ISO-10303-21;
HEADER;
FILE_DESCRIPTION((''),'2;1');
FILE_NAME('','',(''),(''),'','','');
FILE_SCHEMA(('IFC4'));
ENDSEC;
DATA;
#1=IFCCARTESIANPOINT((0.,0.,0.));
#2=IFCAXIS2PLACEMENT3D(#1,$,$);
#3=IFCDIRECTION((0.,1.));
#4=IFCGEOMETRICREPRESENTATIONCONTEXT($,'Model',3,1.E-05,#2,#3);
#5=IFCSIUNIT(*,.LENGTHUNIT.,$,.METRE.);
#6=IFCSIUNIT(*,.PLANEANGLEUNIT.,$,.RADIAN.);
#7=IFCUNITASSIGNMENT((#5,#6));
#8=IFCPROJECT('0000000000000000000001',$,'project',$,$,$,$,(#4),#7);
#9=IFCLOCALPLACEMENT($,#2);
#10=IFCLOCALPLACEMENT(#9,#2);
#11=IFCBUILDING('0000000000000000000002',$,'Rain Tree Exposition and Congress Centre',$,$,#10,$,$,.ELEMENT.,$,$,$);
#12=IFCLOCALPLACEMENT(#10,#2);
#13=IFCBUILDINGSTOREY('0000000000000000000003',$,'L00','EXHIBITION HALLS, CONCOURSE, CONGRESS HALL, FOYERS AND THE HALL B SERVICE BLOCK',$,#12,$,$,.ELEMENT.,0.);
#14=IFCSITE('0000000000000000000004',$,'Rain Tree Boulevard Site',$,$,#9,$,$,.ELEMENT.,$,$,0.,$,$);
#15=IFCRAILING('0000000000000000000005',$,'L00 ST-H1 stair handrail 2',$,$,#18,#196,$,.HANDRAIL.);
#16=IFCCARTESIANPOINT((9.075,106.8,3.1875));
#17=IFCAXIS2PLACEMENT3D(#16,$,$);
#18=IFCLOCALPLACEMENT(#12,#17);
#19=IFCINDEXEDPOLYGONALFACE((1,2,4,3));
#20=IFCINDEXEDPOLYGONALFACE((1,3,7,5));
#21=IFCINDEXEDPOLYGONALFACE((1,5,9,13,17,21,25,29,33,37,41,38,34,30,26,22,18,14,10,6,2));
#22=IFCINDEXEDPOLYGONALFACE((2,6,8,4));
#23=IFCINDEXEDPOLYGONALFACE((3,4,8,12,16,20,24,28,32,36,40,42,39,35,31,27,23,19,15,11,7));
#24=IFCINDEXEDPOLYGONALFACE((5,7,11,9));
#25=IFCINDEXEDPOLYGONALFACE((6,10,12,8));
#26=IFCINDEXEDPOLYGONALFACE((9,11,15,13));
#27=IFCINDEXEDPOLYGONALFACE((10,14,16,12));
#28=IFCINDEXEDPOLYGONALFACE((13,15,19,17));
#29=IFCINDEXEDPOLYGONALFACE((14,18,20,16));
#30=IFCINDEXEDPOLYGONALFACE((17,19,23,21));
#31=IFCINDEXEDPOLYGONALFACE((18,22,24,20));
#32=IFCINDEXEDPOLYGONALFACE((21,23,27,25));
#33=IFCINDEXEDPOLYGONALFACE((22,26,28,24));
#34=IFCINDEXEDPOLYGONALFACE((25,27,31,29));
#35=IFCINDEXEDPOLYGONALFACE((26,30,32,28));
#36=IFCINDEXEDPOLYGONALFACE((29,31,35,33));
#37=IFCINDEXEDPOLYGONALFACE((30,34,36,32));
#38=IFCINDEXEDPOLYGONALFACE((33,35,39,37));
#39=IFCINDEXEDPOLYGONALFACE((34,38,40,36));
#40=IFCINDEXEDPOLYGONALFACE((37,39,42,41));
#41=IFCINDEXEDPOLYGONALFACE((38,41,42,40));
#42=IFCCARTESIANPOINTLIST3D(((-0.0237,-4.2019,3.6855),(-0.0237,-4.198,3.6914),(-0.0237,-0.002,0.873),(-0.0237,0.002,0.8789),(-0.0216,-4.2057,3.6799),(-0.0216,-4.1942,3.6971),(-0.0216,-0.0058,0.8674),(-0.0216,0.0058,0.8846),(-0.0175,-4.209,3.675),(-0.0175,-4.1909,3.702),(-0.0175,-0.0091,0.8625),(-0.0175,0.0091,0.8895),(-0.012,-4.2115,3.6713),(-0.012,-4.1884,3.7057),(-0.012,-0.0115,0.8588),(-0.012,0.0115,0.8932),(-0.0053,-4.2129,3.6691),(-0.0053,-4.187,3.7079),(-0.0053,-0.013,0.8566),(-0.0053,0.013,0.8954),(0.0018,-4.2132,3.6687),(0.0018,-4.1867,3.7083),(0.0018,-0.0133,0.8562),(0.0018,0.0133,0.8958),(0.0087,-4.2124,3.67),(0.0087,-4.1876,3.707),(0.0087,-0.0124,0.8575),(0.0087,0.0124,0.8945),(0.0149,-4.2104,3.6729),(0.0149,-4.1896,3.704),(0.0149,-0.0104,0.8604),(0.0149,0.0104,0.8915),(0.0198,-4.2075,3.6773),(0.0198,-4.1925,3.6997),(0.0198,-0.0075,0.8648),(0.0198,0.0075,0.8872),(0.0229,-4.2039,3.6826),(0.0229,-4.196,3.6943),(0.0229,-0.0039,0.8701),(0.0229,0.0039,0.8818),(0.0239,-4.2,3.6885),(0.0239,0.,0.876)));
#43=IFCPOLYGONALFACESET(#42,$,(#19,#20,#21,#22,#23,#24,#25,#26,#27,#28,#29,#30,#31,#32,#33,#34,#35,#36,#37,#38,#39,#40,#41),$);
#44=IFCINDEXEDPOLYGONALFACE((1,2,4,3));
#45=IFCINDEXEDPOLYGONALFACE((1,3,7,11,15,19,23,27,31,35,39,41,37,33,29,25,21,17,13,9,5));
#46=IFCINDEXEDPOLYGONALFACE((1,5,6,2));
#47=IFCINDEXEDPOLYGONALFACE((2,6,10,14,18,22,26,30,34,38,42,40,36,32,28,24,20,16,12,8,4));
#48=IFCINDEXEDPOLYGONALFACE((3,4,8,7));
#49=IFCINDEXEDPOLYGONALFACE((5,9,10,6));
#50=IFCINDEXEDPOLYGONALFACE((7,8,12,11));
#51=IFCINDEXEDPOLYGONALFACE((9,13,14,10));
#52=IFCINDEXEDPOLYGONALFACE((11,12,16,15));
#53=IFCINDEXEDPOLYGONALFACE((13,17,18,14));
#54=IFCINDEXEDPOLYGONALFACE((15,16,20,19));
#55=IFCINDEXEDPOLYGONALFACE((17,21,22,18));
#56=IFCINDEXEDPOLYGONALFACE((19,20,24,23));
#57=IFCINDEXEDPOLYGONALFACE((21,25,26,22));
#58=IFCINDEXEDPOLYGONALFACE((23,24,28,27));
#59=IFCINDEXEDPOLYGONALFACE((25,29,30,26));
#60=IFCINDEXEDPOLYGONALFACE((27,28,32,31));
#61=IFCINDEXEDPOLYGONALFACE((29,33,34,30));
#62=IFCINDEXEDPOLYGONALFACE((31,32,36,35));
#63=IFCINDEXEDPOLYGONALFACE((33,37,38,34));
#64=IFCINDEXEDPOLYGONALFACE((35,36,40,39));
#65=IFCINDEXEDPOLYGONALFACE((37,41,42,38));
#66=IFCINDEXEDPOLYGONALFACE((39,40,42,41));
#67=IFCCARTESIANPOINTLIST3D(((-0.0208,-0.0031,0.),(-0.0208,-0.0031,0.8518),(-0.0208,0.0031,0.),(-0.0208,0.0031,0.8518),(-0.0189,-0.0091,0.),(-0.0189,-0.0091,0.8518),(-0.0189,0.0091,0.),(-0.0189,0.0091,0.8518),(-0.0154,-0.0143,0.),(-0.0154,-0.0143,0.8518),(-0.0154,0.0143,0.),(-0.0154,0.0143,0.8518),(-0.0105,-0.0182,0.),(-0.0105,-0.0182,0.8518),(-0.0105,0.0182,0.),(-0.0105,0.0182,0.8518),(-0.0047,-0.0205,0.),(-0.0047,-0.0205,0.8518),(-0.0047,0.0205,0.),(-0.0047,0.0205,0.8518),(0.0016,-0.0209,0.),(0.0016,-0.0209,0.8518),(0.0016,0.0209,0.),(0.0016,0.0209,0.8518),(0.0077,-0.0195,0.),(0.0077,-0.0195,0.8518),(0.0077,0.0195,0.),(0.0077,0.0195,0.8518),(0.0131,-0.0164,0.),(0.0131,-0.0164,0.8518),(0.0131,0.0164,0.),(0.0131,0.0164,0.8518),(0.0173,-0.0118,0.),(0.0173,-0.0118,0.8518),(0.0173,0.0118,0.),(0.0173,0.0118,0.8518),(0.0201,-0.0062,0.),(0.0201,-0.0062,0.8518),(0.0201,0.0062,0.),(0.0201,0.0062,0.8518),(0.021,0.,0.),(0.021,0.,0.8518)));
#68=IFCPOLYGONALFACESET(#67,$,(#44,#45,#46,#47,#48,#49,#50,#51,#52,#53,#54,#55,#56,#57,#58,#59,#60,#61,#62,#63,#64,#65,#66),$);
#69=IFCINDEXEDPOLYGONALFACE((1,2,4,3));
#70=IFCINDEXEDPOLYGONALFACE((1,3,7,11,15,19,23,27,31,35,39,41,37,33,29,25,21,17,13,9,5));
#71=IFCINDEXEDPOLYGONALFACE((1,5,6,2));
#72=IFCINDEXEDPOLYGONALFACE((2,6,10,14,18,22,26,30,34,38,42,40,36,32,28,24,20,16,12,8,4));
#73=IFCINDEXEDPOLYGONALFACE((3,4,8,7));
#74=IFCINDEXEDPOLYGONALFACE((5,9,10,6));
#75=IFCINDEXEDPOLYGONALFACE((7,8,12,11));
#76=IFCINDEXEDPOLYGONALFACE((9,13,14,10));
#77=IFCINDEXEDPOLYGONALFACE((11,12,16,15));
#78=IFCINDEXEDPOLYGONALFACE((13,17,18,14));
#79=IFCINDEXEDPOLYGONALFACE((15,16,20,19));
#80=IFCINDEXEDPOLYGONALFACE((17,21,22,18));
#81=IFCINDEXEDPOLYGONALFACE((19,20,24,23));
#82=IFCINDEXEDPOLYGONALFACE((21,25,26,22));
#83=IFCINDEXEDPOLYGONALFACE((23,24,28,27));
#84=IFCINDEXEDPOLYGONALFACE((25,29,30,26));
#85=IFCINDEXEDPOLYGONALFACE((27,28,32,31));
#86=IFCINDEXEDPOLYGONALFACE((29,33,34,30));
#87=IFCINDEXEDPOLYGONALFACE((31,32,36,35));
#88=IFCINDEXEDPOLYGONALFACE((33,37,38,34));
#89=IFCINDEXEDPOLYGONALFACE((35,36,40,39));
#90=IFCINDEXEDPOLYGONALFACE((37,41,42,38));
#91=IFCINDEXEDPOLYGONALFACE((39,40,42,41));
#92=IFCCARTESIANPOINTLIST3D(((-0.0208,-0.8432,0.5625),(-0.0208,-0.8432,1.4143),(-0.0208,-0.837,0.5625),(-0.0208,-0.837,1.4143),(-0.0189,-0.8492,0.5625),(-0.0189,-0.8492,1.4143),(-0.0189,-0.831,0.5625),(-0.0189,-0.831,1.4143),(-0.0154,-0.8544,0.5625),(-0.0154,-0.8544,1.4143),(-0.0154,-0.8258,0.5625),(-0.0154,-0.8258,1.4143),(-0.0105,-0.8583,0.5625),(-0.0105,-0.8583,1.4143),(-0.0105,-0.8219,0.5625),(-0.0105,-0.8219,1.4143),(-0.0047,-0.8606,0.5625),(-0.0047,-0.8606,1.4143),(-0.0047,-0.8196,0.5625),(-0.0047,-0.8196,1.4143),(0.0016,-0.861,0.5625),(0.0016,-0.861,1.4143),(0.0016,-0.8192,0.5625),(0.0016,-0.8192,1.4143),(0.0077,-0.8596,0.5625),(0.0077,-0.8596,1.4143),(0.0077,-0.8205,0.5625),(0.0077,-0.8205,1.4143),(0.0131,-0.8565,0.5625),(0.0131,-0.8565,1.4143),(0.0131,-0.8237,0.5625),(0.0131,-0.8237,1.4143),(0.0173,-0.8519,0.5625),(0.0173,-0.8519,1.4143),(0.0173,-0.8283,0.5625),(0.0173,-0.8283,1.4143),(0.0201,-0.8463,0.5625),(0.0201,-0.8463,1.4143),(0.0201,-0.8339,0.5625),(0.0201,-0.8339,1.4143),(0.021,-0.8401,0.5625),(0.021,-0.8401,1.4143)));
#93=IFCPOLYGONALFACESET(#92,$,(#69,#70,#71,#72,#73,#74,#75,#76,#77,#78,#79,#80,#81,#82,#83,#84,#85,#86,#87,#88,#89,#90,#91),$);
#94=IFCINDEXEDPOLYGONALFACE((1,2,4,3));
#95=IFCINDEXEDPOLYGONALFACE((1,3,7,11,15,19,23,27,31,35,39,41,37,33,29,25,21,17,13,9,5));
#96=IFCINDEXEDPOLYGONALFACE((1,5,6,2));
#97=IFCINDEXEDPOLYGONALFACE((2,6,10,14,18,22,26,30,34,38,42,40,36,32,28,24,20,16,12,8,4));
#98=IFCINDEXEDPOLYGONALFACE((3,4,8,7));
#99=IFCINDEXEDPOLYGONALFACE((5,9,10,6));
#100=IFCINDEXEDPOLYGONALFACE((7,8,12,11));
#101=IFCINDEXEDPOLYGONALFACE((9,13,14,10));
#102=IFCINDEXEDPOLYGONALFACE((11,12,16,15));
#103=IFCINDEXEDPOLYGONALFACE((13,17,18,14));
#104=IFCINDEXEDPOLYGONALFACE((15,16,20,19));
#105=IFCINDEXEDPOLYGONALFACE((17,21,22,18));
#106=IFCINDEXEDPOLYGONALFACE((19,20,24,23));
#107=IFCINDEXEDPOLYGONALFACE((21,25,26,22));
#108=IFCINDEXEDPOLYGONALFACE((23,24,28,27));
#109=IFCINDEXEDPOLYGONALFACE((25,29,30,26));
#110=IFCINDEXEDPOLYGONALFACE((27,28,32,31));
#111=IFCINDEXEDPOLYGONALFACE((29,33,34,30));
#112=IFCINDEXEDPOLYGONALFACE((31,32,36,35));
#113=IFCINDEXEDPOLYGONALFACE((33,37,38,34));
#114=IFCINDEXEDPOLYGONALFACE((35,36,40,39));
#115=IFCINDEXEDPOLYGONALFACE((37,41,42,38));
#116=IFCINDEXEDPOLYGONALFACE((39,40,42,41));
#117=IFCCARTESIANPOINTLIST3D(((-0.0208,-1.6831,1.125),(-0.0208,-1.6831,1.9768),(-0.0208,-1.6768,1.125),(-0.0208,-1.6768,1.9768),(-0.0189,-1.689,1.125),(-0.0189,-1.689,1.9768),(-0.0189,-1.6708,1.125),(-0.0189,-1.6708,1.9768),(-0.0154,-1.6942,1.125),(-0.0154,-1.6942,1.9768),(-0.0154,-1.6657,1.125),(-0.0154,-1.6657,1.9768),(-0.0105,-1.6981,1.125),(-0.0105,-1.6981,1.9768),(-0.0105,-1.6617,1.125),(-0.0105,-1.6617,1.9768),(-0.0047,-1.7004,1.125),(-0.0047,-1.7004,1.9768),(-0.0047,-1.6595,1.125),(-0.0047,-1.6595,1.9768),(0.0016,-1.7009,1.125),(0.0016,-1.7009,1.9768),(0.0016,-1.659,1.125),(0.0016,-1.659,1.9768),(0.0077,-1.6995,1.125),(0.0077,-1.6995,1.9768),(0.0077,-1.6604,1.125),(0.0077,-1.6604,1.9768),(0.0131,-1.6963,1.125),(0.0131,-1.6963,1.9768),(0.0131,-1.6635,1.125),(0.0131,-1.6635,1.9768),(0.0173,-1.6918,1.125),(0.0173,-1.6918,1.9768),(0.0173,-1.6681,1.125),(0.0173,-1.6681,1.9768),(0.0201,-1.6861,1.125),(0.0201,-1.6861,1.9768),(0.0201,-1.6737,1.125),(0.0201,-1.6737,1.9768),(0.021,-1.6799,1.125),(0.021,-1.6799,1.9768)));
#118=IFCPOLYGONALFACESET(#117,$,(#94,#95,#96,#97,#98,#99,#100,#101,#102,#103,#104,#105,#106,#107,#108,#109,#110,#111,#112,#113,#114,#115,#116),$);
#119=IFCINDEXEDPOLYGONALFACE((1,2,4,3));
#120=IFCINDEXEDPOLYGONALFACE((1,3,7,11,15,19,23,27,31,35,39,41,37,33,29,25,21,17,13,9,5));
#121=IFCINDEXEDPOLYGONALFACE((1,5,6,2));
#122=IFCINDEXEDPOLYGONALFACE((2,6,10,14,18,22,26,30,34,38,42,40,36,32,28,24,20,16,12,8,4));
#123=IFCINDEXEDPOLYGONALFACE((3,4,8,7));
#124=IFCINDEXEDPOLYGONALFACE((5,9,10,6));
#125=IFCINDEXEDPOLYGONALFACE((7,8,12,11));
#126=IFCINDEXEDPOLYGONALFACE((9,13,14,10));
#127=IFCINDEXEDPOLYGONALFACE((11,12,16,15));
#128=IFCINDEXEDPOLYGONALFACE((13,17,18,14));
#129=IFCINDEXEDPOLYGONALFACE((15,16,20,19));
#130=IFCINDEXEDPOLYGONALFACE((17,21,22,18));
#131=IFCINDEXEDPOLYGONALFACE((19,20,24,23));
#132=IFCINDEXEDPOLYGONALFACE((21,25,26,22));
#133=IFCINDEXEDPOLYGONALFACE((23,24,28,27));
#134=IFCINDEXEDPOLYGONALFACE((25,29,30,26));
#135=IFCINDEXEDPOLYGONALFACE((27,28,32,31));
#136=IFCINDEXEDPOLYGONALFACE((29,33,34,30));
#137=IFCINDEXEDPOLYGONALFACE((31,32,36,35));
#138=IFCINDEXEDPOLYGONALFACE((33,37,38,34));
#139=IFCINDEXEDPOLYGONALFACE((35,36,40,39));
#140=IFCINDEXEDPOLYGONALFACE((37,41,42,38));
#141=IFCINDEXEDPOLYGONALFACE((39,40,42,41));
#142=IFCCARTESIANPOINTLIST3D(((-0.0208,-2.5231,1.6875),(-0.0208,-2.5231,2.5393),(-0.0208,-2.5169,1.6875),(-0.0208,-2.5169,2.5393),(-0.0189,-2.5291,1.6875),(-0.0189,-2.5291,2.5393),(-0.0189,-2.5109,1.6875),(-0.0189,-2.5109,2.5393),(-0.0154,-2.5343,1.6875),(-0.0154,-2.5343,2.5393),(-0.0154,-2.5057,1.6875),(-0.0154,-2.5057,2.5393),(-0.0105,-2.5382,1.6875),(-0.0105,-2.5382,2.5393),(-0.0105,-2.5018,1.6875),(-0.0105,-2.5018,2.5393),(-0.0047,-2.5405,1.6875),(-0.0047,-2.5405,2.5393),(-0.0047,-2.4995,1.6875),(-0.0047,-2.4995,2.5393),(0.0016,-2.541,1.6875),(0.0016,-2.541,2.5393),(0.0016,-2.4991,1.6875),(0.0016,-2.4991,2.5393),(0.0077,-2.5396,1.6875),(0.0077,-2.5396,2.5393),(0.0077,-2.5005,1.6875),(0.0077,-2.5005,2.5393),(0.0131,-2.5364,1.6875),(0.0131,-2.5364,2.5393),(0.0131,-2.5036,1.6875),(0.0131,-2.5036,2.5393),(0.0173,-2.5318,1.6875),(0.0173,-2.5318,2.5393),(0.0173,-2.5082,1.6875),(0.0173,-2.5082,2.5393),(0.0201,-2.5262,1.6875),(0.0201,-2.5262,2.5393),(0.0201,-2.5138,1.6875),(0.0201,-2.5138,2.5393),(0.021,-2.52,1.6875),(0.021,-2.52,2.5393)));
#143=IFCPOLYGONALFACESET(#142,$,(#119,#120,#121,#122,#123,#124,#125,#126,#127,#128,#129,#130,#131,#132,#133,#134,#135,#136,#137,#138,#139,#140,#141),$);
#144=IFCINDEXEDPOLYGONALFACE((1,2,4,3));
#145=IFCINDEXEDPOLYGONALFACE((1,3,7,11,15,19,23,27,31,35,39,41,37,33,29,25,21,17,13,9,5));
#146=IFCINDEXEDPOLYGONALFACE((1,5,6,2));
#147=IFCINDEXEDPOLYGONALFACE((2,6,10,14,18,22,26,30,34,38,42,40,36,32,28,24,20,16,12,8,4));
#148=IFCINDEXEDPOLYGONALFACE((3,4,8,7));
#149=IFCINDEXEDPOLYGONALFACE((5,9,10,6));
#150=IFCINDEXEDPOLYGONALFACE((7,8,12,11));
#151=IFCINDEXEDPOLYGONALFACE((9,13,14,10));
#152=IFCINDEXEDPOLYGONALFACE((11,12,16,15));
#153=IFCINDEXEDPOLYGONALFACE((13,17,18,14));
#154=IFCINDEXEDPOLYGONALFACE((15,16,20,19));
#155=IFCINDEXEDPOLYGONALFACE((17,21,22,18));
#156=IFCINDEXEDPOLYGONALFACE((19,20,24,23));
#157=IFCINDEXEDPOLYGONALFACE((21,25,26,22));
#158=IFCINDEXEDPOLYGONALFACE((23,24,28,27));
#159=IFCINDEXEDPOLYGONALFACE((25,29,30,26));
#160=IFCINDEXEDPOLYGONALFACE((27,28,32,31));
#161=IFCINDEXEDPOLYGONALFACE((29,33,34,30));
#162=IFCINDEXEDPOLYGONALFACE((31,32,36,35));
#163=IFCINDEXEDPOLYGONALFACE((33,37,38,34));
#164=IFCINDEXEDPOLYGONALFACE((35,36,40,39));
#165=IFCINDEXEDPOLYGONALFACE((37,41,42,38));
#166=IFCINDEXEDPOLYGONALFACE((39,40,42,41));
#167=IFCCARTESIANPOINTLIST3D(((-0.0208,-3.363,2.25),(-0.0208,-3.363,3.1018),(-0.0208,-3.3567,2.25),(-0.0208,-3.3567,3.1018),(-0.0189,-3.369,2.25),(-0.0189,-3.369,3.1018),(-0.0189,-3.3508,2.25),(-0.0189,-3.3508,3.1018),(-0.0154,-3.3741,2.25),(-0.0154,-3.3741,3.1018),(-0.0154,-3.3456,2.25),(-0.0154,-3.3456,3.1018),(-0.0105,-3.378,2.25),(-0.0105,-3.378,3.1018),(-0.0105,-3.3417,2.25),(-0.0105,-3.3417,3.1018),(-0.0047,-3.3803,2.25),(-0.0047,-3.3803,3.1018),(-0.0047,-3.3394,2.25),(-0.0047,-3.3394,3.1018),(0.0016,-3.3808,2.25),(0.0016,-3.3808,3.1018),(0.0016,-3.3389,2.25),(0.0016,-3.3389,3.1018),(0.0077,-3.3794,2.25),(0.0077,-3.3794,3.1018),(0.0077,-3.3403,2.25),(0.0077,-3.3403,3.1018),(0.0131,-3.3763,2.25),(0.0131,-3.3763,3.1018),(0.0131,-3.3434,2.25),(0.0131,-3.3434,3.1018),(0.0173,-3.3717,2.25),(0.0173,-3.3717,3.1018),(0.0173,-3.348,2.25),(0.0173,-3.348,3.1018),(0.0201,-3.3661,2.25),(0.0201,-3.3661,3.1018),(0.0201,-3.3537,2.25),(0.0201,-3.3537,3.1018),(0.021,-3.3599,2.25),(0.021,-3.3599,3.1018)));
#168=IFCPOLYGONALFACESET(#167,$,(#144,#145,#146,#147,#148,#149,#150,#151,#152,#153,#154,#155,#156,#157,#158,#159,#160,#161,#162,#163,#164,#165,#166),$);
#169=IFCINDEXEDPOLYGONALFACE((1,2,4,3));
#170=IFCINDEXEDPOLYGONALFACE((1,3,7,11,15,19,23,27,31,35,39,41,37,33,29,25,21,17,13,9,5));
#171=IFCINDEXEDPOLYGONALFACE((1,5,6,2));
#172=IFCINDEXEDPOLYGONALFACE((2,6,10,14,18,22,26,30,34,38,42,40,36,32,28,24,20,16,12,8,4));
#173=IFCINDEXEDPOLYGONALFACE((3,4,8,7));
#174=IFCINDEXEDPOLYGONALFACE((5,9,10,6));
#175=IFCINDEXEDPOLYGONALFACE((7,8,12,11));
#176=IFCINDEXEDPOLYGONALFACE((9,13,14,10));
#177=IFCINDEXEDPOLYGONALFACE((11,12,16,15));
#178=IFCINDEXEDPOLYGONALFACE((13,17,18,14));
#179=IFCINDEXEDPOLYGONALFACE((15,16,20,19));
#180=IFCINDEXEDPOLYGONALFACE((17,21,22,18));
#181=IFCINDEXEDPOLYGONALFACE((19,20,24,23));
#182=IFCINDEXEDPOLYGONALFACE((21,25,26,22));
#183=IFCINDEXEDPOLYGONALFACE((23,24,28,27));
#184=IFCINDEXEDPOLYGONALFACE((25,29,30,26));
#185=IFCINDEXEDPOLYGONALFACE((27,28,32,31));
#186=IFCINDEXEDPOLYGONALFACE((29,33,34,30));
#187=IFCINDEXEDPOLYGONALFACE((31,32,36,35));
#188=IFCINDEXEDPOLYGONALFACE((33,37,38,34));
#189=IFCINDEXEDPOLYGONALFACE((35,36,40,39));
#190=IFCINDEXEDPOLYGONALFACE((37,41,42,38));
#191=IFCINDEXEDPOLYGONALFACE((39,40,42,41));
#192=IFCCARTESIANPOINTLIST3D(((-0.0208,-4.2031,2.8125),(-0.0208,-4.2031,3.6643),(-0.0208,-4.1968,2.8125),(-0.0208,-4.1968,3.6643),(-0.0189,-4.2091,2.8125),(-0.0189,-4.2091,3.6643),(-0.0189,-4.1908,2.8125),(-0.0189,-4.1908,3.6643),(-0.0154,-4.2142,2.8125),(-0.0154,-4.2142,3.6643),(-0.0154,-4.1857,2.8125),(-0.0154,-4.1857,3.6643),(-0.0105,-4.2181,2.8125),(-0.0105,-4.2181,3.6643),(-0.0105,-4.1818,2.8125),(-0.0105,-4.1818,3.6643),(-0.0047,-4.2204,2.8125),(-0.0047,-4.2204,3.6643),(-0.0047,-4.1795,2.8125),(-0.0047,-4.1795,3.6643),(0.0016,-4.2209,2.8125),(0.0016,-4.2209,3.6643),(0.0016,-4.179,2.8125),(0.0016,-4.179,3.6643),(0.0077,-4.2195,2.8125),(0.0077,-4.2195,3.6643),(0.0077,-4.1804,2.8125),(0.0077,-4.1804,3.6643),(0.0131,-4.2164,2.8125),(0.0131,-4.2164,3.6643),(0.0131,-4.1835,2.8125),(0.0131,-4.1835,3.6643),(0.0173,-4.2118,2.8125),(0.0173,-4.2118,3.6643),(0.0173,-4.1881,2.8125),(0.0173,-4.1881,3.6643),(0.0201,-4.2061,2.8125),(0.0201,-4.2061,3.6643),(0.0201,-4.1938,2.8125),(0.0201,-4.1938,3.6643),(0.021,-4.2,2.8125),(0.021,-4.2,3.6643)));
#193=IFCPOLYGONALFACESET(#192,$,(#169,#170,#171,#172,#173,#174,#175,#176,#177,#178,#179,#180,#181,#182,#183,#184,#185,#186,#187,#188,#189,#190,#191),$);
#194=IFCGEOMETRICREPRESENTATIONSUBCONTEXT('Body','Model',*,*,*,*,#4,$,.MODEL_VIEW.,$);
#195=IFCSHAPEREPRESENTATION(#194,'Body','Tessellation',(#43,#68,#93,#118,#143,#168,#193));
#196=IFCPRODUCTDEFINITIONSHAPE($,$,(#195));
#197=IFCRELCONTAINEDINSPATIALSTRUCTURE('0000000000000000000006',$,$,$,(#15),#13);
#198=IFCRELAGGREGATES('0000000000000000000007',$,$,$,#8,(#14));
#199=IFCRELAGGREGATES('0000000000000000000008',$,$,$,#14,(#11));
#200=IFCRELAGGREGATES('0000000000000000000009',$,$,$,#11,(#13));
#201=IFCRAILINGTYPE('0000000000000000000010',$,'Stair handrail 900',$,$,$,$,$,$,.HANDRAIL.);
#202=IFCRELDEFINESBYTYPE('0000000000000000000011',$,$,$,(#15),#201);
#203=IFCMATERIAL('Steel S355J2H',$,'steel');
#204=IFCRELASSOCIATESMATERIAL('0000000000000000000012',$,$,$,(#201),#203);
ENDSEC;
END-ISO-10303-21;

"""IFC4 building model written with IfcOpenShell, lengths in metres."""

from ifc_helpers import new_model, si_unit, direction, frame, origin, origin_2d, place, context, subcontext, project, spatial, circle, extrude, material, type_object, element, save


model = new_model("IFC4")

# Units and contexts
model_context = context("Model", 3, precision=1e-05, world=origin(), true_north=direction((0.0, 1.0)))
body_context = subcontext(model_context, "Body", "Model", "MODEL_VIEW")
ifc_project = project(units=[si_unit("LENGTHUNIT", "METRE"), si_unit("PLANEANGLEUNIT", "RADIAN")], contexts=[model_context])

# Site, building, storey
site_placement = place(None, origin())
site = spatial("IfcSite", under=ifc_project, at=site_placement, Name="Rain Tree Boulevard Site", CompositionType="ELEMENT", RefElevation=0.0)
building_placement = place(site_placement, origin())
building = spatial("IfcBuilding", under=site, at=building_placement, Name="Rain Tree Exposition and Congress Centre", CompositionType="ELEMENT")
storey_placement = place(building_placement, origin())
storey = spatial("IfcBuildingStorey", under=building, at=storey_placement, Name="L00", Description="EXHIBITION HALLS, CONCOURSE, CONGRESS HALL, FOYERS AND THE HALL B SERVICE BLOCK", CompositionType="ELEMENT", Elevation=0.0)

# Railing
ifc_material_1 = material(Name="Steel S355J2H", Category="steel")
railing_type_1 = type_object("IfcRailingType", Name="Stair handrail 900", PredefinedType="HANDRAIL", material=ifc_material_1)
railing_1_placement = place(storey_placement, frame((9.075, 106.8, 3.1875)))
element("IfcRailing", 1, at=railing_1_placement, inside=storey, type_object=railing_type_1, Name="L00 ST-H1 stair handrail 2", PredefinedType="HANDRAIL", context=body_context, shape_type="SweptSolid", body=[
    extrude(circle(Radius=0.0239, at=origin_2d()), frame((0.0, 0.0, 0.876), z_axis=(0.0, -0.830904, 0.556416), x_axis=(1.0, 0.0, 0.0)), (0.0, 0.0, 1.0), 5.0547),
    extrude(circle(Radius=0.021, at=origin_2d()), origin(), (0.0, 0.0, 1.0), 0.8518),
    extrude(circle(Radius=0.021, at=origin_2d()), frame((0.0, -0.8401, 0.5625)), (0.0, 0.0, 1.0), 0.8518),
    extrude(circle(Radius=0.021, at=origin_2d()), frame((0.0, -1.6799, 1.125)), (0.0, 0.0, 1.0), 0.8518),
    extrude(circle(Radius=0.021, at=origin_2d()), frame((0.0, -2.52, 1.6875)), (0.0, 0.0, 1.0), 0.8518),
    extrude(circle(Radius=0.021, at=origin_2d()), frame((0.0, -3.3599, 2.25)), (0.0, 0.0, 1.0), 0.8518),
    extrude(circle(Radius=0.021, at=origin_2d()), frame((0.0, -4.2, 2.8125)), (0.0, 0.0, 1.0), 0.8518),
])

save(model, "model.ifc")
